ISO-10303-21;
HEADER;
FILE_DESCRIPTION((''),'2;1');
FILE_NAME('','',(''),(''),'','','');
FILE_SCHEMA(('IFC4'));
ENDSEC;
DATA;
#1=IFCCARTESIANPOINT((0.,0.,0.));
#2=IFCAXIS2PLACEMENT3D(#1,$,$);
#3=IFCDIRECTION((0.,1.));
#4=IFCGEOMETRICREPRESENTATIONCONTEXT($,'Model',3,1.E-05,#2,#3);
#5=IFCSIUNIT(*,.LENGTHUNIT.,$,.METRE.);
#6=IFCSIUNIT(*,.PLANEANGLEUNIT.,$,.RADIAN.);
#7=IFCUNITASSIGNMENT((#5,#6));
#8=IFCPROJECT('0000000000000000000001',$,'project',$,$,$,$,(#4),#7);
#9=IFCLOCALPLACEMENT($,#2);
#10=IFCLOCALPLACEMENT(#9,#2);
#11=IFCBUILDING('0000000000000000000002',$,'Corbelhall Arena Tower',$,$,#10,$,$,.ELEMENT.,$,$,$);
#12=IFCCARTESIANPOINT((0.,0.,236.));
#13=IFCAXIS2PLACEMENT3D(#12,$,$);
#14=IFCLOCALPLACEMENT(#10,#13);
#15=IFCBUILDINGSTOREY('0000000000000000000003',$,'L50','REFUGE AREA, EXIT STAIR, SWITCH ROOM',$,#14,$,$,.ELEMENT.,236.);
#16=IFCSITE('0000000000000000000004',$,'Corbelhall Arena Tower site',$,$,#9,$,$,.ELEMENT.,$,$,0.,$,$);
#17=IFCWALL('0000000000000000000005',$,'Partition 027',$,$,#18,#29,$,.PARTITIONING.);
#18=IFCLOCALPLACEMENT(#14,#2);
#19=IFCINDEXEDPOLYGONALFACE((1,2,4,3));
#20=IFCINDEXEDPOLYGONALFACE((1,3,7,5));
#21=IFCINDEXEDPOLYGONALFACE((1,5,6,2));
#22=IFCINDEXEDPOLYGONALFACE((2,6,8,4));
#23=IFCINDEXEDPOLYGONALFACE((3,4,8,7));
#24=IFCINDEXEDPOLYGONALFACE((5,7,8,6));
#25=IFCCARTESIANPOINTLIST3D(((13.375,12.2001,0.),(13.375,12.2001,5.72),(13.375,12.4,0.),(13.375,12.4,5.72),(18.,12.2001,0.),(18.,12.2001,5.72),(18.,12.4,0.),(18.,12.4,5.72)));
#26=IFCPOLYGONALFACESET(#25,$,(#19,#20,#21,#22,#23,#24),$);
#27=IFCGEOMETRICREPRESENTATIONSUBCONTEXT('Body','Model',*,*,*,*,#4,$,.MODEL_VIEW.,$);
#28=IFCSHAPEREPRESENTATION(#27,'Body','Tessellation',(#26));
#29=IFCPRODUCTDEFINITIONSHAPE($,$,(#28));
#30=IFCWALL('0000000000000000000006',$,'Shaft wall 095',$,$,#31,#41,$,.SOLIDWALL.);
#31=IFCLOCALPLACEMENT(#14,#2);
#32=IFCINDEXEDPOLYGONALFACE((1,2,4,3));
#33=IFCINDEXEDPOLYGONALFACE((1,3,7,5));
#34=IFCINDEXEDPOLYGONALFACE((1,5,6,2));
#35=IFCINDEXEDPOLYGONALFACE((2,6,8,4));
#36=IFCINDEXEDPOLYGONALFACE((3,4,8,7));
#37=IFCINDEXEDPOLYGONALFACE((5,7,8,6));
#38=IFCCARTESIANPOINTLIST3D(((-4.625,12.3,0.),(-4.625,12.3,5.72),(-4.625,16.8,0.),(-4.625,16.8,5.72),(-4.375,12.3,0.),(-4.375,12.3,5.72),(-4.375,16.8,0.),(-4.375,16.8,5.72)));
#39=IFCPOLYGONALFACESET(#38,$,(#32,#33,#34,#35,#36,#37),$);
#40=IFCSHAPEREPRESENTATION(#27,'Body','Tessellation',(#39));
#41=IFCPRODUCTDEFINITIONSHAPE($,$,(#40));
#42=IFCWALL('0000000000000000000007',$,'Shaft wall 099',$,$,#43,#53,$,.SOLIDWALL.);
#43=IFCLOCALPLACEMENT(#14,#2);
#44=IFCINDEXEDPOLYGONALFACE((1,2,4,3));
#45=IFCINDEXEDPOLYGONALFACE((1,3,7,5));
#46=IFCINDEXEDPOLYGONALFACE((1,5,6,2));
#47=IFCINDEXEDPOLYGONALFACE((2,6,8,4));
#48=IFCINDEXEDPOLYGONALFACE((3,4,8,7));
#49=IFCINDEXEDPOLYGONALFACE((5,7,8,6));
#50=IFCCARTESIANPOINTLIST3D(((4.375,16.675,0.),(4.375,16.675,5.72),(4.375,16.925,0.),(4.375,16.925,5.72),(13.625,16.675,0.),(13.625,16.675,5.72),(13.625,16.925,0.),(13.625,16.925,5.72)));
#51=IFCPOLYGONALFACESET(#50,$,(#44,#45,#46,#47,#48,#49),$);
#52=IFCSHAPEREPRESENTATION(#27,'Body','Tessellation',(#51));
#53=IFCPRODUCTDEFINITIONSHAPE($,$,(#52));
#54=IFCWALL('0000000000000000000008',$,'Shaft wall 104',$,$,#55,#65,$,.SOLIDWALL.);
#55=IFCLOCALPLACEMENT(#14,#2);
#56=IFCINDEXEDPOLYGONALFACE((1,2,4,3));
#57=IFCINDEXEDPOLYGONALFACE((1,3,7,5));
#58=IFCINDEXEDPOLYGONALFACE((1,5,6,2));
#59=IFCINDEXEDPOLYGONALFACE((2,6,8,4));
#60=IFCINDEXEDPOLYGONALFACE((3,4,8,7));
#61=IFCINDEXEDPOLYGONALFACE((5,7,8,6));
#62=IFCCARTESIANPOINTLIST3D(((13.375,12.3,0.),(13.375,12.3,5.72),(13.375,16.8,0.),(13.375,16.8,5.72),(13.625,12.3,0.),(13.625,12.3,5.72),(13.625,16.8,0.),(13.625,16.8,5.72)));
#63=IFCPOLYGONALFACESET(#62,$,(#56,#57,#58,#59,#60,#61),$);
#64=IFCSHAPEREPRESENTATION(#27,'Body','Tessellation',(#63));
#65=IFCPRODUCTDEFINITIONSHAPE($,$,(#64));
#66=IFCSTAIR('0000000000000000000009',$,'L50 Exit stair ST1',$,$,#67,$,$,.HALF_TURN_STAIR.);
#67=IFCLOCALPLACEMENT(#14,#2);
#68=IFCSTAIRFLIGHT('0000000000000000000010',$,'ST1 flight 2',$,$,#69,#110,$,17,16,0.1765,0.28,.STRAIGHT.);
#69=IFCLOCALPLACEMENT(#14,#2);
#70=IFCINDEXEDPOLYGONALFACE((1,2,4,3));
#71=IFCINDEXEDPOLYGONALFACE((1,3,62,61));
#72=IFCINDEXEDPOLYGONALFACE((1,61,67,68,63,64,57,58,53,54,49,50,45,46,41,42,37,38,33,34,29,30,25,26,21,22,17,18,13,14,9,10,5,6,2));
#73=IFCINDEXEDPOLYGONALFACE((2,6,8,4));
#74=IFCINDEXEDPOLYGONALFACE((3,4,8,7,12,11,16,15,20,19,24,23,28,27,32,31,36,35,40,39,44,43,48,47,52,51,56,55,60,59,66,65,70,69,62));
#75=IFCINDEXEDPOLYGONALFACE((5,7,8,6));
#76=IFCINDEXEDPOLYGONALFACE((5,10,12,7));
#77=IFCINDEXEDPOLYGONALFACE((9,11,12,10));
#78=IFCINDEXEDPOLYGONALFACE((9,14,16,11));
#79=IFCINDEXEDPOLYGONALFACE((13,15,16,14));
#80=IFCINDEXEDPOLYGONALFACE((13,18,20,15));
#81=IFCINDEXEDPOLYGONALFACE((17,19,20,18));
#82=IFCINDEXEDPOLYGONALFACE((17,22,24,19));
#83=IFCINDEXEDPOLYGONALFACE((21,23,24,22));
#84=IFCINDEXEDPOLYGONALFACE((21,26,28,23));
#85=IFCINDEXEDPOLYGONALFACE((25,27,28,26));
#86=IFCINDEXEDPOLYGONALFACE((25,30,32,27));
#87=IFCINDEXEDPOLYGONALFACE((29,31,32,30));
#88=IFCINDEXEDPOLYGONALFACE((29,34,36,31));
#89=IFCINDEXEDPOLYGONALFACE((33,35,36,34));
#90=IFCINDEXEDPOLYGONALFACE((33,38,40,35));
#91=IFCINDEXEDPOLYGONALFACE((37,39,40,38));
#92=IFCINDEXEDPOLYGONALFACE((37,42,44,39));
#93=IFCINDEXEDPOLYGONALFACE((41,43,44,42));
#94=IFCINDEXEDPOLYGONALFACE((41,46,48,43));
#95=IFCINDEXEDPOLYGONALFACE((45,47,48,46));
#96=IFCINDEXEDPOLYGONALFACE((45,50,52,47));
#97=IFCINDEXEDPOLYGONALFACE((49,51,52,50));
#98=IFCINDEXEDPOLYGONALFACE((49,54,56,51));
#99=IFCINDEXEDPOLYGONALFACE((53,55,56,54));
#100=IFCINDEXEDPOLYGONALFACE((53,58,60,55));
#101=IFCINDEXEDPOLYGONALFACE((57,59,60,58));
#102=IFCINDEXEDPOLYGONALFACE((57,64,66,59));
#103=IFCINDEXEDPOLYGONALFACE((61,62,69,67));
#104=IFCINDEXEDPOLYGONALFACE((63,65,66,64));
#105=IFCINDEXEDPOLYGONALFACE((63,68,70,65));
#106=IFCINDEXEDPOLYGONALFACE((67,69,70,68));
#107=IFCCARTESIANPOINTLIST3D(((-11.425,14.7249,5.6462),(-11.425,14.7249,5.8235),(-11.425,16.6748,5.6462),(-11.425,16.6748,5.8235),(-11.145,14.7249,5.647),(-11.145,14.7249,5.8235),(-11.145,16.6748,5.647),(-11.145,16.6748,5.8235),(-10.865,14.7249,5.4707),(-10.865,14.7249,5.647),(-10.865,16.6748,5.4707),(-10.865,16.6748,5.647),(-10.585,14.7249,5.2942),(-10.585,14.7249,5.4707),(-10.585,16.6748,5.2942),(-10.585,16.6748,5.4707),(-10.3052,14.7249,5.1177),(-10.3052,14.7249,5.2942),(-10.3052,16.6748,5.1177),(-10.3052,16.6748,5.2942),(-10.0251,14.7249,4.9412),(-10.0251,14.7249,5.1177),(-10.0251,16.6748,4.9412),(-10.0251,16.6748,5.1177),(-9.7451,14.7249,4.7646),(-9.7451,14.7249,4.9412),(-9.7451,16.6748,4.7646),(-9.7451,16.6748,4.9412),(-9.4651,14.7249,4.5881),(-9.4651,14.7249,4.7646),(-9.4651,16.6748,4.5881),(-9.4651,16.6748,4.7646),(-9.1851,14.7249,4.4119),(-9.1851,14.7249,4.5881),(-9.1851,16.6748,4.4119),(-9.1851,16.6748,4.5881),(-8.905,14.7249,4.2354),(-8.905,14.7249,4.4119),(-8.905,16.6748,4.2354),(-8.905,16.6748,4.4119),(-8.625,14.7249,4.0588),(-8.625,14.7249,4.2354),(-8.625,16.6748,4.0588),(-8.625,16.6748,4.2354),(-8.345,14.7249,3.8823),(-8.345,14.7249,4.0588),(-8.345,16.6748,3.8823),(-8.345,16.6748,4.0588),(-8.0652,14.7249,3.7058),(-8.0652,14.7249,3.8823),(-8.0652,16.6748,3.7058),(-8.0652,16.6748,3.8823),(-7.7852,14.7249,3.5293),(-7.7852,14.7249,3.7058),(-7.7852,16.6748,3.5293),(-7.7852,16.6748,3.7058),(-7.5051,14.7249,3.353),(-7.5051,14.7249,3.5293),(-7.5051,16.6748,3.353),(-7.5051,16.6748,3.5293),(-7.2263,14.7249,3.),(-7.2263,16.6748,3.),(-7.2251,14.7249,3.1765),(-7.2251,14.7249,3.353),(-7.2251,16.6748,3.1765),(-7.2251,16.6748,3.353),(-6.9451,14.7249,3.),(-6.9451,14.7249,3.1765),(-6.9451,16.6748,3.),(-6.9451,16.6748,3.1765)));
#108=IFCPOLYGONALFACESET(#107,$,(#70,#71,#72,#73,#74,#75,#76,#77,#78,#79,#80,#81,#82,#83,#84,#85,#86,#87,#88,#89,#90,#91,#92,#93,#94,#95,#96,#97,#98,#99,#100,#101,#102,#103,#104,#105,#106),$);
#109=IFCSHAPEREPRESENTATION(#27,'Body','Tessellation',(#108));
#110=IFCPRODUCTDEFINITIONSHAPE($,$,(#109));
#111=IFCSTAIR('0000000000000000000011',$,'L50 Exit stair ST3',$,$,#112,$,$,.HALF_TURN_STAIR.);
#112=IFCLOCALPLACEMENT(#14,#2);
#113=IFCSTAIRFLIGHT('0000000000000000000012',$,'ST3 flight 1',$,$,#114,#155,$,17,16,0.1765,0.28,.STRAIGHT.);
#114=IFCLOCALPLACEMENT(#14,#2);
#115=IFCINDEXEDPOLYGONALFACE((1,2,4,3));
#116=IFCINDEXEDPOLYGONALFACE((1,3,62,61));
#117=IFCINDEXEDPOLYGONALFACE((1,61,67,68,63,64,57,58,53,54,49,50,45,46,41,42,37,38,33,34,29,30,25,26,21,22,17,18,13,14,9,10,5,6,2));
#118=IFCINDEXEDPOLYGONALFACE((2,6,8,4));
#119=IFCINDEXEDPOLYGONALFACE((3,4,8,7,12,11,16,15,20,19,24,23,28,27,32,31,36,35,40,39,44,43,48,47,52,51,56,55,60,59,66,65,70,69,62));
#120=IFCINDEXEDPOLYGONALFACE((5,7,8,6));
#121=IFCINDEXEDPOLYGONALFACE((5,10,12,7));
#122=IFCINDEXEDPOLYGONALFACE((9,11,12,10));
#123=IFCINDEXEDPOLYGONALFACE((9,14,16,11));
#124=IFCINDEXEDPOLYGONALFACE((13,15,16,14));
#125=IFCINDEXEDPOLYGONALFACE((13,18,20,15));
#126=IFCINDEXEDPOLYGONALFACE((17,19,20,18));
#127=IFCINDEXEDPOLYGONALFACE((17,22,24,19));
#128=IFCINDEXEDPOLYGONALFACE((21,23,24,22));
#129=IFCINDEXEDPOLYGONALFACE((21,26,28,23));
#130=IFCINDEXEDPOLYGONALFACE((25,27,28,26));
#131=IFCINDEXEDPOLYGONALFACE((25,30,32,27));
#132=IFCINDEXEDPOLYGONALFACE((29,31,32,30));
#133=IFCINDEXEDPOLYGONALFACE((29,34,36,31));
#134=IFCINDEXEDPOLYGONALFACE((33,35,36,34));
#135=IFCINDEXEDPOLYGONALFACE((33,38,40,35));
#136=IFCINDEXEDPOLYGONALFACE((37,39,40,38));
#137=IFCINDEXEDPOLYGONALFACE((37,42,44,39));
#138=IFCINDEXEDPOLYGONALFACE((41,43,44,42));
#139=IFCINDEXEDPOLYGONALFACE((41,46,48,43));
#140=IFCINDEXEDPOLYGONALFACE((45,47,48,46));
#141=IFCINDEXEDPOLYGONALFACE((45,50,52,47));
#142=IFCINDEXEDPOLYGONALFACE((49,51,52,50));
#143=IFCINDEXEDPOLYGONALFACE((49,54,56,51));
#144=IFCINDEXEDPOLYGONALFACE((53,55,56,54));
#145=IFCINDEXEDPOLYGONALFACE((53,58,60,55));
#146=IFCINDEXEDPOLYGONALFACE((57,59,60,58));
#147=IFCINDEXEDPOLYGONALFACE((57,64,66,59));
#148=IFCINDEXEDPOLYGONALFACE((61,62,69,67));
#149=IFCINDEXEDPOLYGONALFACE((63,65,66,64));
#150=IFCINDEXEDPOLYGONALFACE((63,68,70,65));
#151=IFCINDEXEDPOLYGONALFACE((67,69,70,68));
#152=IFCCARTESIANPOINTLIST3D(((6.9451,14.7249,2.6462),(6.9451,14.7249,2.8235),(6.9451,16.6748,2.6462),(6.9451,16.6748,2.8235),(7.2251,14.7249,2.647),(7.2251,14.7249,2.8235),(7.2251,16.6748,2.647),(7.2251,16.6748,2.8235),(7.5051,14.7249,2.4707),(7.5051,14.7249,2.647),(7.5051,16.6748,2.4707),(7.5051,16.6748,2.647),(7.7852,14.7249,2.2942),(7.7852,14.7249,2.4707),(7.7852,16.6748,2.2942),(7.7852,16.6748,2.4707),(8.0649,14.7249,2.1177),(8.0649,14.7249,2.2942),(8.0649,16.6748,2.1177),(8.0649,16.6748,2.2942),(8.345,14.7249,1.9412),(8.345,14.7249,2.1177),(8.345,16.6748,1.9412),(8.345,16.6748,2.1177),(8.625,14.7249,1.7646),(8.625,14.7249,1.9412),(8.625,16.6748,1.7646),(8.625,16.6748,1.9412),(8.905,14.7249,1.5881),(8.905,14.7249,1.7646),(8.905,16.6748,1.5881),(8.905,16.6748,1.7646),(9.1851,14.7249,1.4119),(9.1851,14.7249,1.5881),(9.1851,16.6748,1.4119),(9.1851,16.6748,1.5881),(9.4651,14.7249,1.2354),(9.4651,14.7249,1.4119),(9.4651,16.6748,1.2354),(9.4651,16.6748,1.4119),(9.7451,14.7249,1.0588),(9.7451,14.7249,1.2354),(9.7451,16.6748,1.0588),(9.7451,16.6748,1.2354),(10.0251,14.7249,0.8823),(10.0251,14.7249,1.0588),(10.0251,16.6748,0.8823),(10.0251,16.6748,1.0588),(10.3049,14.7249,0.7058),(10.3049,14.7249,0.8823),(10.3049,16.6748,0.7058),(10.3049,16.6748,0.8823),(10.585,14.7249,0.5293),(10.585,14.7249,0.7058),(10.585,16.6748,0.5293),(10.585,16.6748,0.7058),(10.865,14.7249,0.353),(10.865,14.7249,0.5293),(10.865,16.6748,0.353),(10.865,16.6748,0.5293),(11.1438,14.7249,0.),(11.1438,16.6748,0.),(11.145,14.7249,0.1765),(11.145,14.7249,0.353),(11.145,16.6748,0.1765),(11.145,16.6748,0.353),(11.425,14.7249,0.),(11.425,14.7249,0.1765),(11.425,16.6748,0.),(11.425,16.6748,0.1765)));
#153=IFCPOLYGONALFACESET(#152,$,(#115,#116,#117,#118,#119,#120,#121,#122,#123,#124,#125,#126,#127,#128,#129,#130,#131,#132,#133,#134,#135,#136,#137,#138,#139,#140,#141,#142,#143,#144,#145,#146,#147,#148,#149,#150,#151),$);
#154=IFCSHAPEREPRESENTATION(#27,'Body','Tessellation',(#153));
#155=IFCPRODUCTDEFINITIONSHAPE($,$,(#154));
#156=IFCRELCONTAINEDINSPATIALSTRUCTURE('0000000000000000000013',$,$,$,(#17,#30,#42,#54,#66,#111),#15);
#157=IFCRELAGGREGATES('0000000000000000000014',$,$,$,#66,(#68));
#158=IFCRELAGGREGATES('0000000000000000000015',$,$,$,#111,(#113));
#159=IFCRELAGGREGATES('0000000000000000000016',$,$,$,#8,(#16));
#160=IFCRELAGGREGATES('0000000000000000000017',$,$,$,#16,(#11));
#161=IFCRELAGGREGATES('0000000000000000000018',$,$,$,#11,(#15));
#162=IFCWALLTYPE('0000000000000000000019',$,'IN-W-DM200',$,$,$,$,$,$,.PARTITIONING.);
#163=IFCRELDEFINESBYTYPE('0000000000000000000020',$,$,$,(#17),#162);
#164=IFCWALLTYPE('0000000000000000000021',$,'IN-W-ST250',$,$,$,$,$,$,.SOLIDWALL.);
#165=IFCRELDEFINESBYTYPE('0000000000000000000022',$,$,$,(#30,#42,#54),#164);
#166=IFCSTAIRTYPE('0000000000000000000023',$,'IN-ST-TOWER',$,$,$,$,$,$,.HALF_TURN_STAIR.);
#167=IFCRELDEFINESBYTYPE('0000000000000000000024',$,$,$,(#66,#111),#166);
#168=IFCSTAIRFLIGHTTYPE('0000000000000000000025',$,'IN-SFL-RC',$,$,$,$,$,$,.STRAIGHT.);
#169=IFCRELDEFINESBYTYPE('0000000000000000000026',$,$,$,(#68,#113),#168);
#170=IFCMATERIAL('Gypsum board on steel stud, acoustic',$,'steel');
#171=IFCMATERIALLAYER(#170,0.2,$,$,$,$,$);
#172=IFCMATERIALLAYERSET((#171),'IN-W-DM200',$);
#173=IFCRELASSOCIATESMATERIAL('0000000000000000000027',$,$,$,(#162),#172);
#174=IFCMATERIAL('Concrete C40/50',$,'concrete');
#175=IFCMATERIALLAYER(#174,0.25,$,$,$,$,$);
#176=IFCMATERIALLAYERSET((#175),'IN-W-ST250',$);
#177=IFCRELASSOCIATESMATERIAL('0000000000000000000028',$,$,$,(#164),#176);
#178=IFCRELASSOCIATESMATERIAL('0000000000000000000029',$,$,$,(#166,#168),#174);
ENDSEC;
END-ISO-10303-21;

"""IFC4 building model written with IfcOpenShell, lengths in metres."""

from ifc_helpers import new_model, si_unit, direction, frame, frame_2d, origin, place, context, subcontext, project, spatial, polyline, rectangle, outline, extrude, material, layer, layer_set, type_object, element, aggregate, save


model = new_model("IFC4")

# Units and contexts
model_context = context("Model", 3, precision=1e-05, world=origin(), true_north=direction((0.0, 1.0)))
body_context = subcontext(model_context, "Body", "Model", "MODEL_VIEW")
ifc_project = project(units=[si_unit("LENGTHUNIT", "METRE"), si_unit("PLANEANGLEUNIT", "RADIAN")], contexts=[model_context])

# Site, building, storey
site_placement = place(None, origin())
site = spatial("IfcSite", under=ifc_project, at=site_placement, Name="Corbelhall Arena Tower site", CompositionType="ELEMENT", RefElevation=0.0)
building_placement = place(site_placement, origin())
building = spatial("IfcBuilding", under=site, at=building_placement, Name="Corbelhall Arena Tower", CompositionType="ELEMENT")
storey_placement = place(building_placement, frame((0.0, 0.0, 236.0)))
storey = spatial("IfcBuildingStorey", under=building, at=storey_placement, Name="L50", Description="REFUGE AREA, EXIT STAIR, SWITCH ROOM", CompositionType="ELEMENT", Elevation=236.0)

# Walls
ifc_material_1 = material(Name="Gypsum board on steel stud, acoustic", Category="steel")
ifc_layer_1 = layer(ifc_material_1, 0.2)
ifc_layer_set_1 = layer_set([ifc_layer_1], Name="IN-W-DM200")
wall_type_1 = type_object("IfcWallType", Name="IN-W-DM200", PredefinedType="PARTITIONING", material=ifc_layer_set_1)
wall_1_placement = place(storey_placement, frame((13.375, 12.3, 0.0), z_axis=(0.0, 0.0, 1.0), x_axis=(1.0, 0.0, 0.0)))
element("IfcWall", 1, at=wall_1_placement, inside=storey, type_object=wall_type_1, Name="Partition 027", PredefinedType="PARTITIONING", context=body_context, shape_type="SweptSolid", body=[
    extrude(rectangle(XDim=4.625, YDim=0.2, at=frame_2d((2.3125, 0.0))), origin(), (0.0, 0.0, 1.0), 5.72),
])
ifc_material_2 = material(Name="Concrete C40/50", Category="concrete")
ifc_layer_2 = layer(ifc_material_2, 0.25)
ifc_layer_set_2 = layer_set([ifc_layer_2], Name="IN-W-ST250")
wall_type_2 = type_object("IfcWallType", Name="IN-W-ST250", PredefinedType="SOLIDWALL", material=ifc_layer_set_2)
wall_2_placement = place(storey_placement, frame((-4.5, 16.8, 0.0), z_axis=(0.0, 0.0, 1.0), x_axis=(0.0, -1.0, 0.0)))
element("IfcWall", 2, at=wall_2_placement, inside=storey, type_object=wall_type_2, Name="Shaft wall 095", PredefinedType="SOLIDWALL", context=body_context, shape_type="SweptSolid", body=[
    extrude(rectangle(XDim=4.5, YDim=0.25, at=frame_2d((2.25, 0.0))), origin(), (0.0, 0.0, 1.0), 5.72),
])
wall_3_placement = place(storey_placement, frame((4.375, 16.8, 0.0), z_axis=(0.0, 0.0, 1.0), x_axis=(1.0, 0.0, 0.0)))
element("IfcWall", 3, at=wall_3_placement, inside=storey, type_object=wall_type_2, Name="Shaft wall 099", PredefinedType="SOLIDWALL", context=body_context, shape_type="SweptSolid", body=[
    extrude(rectangle(XDim=9.25, YDim=0.25, at=frame_2d((4.625, 0.0))), origin(), (0.0, 0.0, 1.0), 5.72),
])
wall_4_placement = place(storey_placement, frame((13.5, 16.8, 0.0), z_axis=(0.0, 0.0, 1.0), x_axis=(0.0, -1.0, 0.0)))
element("IfcWall", 4, at=wall_4_placement, inside=storey, type_object=wall_type_2, Name="Shaft wall 104", PredefinedType="SOLIDWALL", context=body_context, shape_type="SweptSolid", body=[
    extrude(rectangle(XDim=4.5, YDim=0.25, at=frame_2d((2.25, 0.0))), origin(), (0.0, 0.0, 1.0), 5.72),
])

# Stair, stair flight
stair_type = type_object("IfcStairType", Name="IN-ST-TOWER", PredefinedType="HALF_TURN_STAIR", material=ifc_material_2)
stair_1_placement = place(storey_placement, origin())
stair_1 = element("IfcStair", 5, at=stair_1_placement, inside=storey, type_object=stair_type, Name="L50 Exit stair ST1", PredefinedType="HALF_TURN_STAIR")
stair_flight_type = type_object("IfcStairFlightType", Name="IN-SFL-RC", PredefinedType="STRAIGHT", material=ifc_material_2)
stair_flight_1_placement = place(storey_placement, frame((-6.9451, 15.7, 3.0), z_axis=(0.0, 0.0, 1.0), x_axis=(-1.0, 0.0, 0.0)))
stair_flight_1 = element("IfcStairFlight", 6, at=stair_flight_1_placement, type_object=stair_flight_type, Name="ST1 flight 2", NumberOfRisers=17, NumberOfTreads=16, PredefinedType="STRAIGHT", RiserHeight=0.1765, TreadLength=0.28, context=body_context, shape_type="SweptSolid", body=[
    extrude(outline(polyline([(0.0, 0.0), (0.0, 0.1765), (0.28, 0.1765), (0.28, 0.353), (0.5601, 0.353), (0.5601, 0.5293), (0.8401, 0.5293), (0.8401, 0.7058), (1.1201, 0.7058), (1.1201, 0.8823), (1.3999, 0.8823), (1.3999, 1.0588), (1.6799, 1.0588), (1.6799, 1.2354), (1.96, 1.2354), (1.96, 1.4119), (2.24, 1.4119), (2.24, 1.5881), (2.52, 1.5881), (2.52, 1.7646), (2.8, 1.7646), (2.8, 1.9412), (3.0801, 1.9412), (3.0801, 2.1177), (3.3601, 2.1177), (3.3601, 2.2942), (3.6399, 2.2942), (3.6399, 2.4707), (3.9199, 2.4707), (3.9199, 2.647), (4.2, 2.647), (4.2, 2.8235), (4.48, 2.8235), (4.48, 3.0), (4.48, 2.6462), (0.2812, 0.0), (0.0, 0.0)])), frame((0.0, 0.9751, 0.0), z_axis=(0.0, -1.0, 0.0), x_axis=(1.0, 0.0, 0.0)), (0.0, 0.0, 1.0), 1.95),
])
aggregate(stair_1, [stair_flight_1])

# Stair, stair flight
stair_2_placement = place(storey_placement, origin())
stair_2 = element("IfcStair", 7, at=stair_2_placement, inside=storey, type_object=stair_type, Name="L50 Exit stair ST3", PredefinedType="HALF_TURN_STAIR")
stair_flight_2_placement = place(storey_placement, frame((11.425, 15.7, 0.0), z_axis=(0.0, 0.0, 1.0), x_axis=(-1.0, 0.0, 0.0)))
stair_flight_2 = element("IfcStairFlight", 8, at=stair_flight_2_placement, type_object=stair_flight_type, Name="ST3 flight 1", NumberOfRisers=17, NumberOfTreads=16, PredefinedType="STRAIGHT", RiserHeight=0.1765, TreadLength=0.28, context=body_context, shape_type="SweptSolid", body=[
    extrude(outline(polyline([(0.0, 0.0), (0.0, 0.1765), (0.28, 0.1765), (0.28, 0.353), (0.5601, 0.353), (0.5601, 0.5293), (0.8401, 0.5293), (0.8401, 0.7058), (1.1201, 0.7058), (1.1201, 0.8823), (1.3999, 0.8823), (1.3999, 1.0588), (1.6799, 1.0588), (1.6799, 1.2354), (1.96, 1.2354), (1.96, 1.4119), (2.24, 1.4119), (2.24, 1.5881), (2.52, 1.5881), (2.52, 1.7646), (2.8, 1.7646), (2.8, 1.9412), (3.0801, 1.9412), (3.0801, 2.1177), (3.3601, 2.1177), (3.3601, 2.2942), (3.6399, 2.2942), (3.6399, 2.4707), (3.9199, 2.4707), (3.9199, 2.647), (4.2, 2.647), (4.2, 2.8235), (4.48, 2.8235), (4.48, 3.0), (4.48, 2.6462), (0.2812, 0.0), (0.0, 0.0)])), frame((0.0, 0.9751, 0.0), z_axis=(0.0, -1.0, 0.0), x_axis=(1.0, 0.0, 0.0)), (0.0, 0.0, 1.0), 1.95),
])
aggregate(stair_2, [stair_flight_2])

save(model, "model.ifc")
